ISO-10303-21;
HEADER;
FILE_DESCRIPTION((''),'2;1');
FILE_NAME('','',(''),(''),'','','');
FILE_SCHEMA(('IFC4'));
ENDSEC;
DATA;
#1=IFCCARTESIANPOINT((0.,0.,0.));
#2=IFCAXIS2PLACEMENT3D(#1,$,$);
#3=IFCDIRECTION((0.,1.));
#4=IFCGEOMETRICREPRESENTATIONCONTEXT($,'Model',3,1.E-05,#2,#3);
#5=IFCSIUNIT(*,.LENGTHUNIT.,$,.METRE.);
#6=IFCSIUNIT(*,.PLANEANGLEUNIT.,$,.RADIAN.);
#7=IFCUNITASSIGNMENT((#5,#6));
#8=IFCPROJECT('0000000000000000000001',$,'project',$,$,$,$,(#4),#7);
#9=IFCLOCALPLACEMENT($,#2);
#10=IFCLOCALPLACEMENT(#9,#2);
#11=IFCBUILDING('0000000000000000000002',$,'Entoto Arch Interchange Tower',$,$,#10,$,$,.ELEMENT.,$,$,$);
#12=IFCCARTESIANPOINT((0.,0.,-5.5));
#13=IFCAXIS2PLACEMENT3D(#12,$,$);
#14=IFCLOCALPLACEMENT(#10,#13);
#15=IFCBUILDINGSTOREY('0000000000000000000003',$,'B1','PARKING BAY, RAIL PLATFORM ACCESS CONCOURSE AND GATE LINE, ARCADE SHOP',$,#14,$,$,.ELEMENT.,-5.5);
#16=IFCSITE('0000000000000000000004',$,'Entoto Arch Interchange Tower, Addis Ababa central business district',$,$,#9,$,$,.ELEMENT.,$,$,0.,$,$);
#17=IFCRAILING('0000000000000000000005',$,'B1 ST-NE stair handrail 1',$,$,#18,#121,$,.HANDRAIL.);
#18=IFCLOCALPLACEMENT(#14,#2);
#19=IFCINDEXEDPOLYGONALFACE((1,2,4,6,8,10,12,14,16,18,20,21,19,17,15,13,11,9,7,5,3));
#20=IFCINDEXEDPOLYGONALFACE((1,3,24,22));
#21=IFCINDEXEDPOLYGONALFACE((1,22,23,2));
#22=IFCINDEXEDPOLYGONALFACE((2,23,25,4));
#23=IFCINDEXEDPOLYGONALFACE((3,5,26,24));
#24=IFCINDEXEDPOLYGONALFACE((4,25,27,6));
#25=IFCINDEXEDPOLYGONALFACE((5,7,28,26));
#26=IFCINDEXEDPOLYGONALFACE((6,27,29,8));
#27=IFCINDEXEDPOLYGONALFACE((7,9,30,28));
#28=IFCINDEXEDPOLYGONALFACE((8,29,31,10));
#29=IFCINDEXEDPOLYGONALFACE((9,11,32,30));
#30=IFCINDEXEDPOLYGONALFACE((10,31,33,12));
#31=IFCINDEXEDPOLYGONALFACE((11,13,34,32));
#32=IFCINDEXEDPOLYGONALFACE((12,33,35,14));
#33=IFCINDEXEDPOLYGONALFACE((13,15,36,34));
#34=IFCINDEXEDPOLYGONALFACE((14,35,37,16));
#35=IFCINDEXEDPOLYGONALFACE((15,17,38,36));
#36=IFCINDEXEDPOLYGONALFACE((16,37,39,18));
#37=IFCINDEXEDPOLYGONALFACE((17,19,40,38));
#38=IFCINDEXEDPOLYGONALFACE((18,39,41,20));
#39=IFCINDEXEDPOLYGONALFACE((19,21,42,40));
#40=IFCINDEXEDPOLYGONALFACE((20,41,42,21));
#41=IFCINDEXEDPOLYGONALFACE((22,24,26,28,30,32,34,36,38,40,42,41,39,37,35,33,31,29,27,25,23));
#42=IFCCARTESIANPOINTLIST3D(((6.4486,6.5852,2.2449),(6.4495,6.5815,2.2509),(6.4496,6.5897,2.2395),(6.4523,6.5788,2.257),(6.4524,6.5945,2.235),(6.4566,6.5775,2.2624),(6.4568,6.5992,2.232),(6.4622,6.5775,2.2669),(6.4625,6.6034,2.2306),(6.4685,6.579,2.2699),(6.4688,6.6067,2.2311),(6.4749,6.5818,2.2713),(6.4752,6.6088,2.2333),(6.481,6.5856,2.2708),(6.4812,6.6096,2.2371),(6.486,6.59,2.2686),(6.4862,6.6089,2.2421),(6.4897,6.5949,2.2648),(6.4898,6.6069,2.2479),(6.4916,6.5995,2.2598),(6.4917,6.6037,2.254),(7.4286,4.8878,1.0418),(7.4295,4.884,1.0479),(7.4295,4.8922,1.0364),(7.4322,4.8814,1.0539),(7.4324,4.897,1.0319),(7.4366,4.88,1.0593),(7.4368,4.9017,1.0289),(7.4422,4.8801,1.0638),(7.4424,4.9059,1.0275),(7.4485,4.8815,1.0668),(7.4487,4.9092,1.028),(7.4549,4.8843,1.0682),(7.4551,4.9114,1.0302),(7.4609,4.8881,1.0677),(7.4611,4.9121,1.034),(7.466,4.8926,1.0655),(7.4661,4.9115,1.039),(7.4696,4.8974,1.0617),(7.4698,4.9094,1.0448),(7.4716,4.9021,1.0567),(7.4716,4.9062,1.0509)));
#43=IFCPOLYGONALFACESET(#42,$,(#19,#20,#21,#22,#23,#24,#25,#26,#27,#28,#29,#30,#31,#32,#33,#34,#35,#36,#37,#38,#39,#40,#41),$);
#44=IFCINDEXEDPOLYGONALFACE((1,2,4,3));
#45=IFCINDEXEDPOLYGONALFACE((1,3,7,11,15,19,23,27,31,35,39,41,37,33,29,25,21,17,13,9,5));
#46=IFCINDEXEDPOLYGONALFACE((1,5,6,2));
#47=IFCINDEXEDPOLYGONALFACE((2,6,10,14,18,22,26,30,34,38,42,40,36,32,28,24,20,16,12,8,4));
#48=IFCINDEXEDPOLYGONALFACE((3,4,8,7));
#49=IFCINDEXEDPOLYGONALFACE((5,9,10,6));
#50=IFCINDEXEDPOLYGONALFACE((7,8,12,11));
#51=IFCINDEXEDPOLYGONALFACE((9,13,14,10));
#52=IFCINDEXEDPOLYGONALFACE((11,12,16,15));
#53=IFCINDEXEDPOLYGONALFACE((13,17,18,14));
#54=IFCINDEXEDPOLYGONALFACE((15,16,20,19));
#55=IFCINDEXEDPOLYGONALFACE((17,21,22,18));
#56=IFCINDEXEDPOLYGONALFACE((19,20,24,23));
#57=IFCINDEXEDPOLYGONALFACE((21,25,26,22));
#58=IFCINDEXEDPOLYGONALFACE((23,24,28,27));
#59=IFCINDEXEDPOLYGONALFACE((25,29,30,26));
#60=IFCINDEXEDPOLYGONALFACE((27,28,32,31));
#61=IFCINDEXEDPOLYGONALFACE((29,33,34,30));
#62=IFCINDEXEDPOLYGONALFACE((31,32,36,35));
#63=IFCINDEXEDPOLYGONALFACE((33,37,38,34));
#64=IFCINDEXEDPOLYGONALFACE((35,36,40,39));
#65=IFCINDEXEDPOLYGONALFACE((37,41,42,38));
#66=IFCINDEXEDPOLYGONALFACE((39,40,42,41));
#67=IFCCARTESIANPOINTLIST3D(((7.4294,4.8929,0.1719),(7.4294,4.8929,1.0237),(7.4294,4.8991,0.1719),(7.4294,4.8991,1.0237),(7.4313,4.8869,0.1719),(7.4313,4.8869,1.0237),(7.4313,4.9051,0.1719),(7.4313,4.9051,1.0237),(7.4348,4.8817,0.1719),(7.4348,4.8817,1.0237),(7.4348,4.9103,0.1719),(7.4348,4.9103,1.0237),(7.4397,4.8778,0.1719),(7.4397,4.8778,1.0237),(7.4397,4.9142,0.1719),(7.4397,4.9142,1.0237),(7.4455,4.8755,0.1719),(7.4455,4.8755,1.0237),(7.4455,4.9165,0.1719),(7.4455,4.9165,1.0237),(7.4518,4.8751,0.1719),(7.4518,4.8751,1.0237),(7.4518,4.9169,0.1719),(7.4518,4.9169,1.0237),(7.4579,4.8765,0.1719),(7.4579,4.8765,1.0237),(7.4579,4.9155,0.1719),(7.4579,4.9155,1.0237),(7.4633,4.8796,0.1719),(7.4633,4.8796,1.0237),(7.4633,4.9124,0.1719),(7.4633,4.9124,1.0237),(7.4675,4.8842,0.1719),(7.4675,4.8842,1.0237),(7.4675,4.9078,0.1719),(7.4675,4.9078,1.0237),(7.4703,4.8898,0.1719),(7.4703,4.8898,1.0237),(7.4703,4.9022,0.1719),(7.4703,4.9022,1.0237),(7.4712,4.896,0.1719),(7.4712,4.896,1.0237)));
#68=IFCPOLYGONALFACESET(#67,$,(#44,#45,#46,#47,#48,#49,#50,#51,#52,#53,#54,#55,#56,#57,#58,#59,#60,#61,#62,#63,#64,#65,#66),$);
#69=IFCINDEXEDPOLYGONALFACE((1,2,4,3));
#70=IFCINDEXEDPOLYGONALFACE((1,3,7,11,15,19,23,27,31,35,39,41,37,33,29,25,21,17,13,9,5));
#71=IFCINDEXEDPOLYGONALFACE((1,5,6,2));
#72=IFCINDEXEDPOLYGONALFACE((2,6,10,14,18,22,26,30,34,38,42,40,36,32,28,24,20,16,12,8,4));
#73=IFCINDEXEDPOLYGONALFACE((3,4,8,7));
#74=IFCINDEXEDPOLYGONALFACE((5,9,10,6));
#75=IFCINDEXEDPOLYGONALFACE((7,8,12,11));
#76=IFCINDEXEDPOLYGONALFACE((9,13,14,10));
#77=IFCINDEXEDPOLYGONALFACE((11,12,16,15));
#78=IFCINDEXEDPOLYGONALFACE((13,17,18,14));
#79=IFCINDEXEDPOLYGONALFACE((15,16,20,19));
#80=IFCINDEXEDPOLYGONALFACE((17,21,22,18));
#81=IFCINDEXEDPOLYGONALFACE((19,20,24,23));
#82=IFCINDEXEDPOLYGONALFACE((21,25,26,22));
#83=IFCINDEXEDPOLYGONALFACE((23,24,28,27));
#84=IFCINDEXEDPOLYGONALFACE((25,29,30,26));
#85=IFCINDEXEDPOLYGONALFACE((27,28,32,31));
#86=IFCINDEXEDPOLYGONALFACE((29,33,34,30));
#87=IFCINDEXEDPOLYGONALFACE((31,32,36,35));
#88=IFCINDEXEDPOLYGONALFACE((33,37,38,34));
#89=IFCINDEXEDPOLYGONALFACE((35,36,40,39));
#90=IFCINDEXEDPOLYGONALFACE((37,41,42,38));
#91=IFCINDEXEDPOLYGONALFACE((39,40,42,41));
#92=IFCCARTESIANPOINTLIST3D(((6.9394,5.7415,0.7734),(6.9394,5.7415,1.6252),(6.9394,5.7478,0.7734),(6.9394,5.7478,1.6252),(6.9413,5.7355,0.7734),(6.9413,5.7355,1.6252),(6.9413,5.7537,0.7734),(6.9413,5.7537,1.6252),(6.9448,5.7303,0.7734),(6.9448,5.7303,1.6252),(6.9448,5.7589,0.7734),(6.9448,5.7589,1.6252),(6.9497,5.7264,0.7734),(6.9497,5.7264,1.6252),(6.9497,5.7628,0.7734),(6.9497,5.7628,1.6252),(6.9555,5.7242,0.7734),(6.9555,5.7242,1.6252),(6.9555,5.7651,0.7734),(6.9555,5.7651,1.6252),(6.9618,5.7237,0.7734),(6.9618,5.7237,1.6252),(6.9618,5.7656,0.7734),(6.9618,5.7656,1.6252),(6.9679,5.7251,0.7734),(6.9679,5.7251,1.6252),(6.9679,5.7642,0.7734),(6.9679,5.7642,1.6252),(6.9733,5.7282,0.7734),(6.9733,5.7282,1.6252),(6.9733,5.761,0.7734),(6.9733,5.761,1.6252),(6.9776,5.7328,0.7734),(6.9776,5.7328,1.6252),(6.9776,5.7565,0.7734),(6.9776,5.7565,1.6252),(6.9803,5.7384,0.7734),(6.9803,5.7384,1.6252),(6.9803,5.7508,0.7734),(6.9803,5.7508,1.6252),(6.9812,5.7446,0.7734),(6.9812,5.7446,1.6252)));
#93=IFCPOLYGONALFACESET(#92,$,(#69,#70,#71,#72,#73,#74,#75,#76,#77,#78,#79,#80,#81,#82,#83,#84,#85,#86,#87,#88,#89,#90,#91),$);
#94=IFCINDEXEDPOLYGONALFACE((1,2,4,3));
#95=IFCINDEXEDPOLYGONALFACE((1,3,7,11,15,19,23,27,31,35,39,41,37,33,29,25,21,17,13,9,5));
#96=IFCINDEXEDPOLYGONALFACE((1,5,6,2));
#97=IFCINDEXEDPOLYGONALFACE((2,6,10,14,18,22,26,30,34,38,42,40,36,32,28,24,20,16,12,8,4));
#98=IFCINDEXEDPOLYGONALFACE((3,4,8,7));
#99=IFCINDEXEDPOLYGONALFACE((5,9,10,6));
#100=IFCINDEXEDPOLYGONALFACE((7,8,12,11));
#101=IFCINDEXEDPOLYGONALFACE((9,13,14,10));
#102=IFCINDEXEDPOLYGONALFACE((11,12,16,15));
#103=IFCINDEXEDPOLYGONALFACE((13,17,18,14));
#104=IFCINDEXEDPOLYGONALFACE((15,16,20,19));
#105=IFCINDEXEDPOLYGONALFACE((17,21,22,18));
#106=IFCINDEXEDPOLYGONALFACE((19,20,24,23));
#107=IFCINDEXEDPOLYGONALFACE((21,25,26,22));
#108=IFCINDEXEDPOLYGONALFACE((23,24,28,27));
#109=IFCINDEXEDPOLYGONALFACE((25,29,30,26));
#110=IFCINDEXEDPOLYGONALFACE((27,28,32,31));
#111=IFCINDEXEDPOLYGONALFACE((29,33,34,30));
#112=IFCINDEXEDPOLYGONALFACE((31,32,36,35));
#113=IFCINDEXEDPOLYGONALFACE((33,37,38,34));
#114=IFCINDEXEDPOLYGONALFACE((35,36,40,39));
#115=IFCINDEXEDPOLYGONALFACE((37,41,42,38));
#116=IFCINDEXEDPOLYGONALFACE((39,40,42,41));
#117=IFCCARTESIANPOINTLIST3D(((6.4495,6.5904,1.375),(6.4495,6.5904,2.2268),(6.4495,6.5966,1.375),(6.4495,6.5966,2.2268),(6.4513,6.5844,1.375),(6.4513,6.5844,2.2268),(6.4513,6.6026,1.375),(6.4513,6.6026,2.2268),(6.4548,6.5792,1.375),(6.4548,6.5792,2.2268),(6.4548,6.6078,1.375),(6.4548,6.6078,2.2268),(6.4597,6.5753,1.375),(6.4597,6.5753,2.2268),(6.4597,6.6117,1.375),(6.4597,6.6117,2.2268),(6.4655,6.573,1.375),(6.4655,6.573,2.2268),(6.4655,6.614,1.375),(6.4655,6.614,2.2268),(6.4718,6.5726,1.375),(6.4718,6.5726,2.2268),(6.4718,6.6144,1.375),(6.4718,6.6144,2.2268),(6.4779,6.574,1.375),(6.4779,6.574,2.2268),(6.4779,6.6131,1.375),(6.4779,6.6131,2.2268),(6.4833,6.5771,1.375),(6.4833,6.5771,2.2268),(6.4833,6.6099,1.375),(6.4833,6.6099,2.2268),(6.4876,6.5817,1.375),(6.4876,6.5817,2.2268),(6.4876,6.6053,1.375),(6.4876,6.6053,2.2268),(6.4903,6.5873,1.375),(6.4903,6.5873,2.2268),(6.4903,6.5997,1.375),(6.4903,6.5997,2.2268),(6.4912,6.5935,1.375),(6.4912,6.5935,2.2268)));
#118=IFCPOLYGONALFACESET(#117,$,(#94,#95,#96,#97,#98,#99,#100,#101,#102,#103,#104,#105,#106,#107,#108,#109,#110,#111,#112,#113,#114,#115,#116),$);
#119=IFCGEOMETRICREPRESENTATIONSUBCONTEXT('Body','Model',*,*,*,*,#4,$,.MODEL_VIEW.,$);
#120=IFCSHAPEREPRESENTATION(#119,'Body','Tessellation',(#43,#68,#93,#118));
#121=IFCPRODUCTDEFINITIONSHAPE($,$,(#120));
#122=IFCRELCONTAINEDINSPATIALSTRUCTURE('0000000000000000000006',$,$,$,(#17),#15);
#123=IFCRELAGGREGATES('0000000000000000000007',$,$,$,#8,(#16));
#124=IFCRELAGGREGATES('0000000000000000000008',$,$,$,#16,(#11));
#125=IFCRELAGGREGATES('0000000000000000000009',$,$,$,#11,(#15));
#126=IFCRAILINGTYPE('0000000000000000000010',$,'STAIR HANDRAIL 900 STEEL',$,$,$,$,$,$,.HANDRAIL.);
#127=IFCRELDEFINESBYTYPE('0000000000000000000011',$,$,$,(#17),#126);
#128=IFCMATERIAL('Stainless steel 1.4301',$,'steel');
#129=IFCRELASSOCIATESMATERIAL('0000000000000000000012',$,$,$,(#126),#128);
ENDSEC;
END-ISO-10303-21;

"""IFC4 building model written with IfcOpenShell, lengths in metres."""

from ifc_helpers import new_model, si_unit, direction, frame, origin, origin_2d, place, context, subcontext, project, spatial, circle, extrude, material, type_object, element, save


model = new_model("IFC4")

# Units and contexts
model_context = context("Model", 3, precision=1e-05, world=origin(), true_north=direction((0.0, 1.0)))
body_context = subcontext(model_context, "Body", "Model", "MODEL_VIEW")
ifc_project = project(units=[si_unit("LENGTHUNIT", "METRE"), si_unit("PLANEANGLEUNIT", "RADIAN")], contexts=[model_context])

# Site, building, storey
site_placement = place(None, origin())
site = spatial("IfcSite", under=ifc_project, at=site_placement, Name="Entoto Arch Interchange Tower, Addis Ababa central business district", CompositionType="ELEMENT", RefElevation=0.0)
building_placement = place(site_placement, origin())
building = spatial("IfcBuilding", under=site, at=building_placement, Name="Entoto Arch Interchange Tower", CompositionType="ELEMENT")
storey_placement = place(building_placement, frame((0.0, 0.0, -5.5)))
storey = spatial("IfcBuildingStorey", under=building, at=storey_placement, Name="B1", Description="PARKING BAY, RAIL PLATFORM ACCESS CONCOURSE AND GATE LINE, ARCADE SHOP", CompositionType="ELEMENT", Elevation=-5.5)

# Railing
ifc_material_1 = material(Name="Stainless steel 1.4301", Category="steel")
railing_type_1 = type_object("IfcRailingType", Name="STAIR HANDRAIL 900 STEEL", PredefinedType="HANDRAIL", material=ifc_material_1)
railing_1_placement = place(storey_placement, frame((7.4502, 4.896, 0.1719)))
element("IfcRailing", 1, at=railing_1_placement, inside=storey, type_object=railing_type_1, Name="B1 ST-NE stair handrail 1", PredefinedType="HANDRAIL", context=body_context, shape_type="SweptSolid", body=[
    extrude(circle(Radius=0.0239, at=origin_2d()), frame((0.0, 0.0, 0.876), z_axis=(-0.426102, 0.738089, 0.523127), x_axis=(-0.866042, -0.49997, 0.0)), (0.0, 0.0, 1.0), 2.2998),
    extrude(circle(Radius=0.021, at=origin_2d()), origin(), (0.0, 0.0, 1.0), 0.8518),
    extrude(circle(Radius=0.021, at=origin_2d()), frame((-0.49, 0.8486, 0.6016)), (0.0, 0.0, 1.0), 0.8518),
    extrude(circle(Radius=0.021, at=origin_2d()), frame((-0.98, 1.6975, 1.2031)), (0.0, 0.0, 1.0), 0.8518),
])

save(model, "model.ifc")
